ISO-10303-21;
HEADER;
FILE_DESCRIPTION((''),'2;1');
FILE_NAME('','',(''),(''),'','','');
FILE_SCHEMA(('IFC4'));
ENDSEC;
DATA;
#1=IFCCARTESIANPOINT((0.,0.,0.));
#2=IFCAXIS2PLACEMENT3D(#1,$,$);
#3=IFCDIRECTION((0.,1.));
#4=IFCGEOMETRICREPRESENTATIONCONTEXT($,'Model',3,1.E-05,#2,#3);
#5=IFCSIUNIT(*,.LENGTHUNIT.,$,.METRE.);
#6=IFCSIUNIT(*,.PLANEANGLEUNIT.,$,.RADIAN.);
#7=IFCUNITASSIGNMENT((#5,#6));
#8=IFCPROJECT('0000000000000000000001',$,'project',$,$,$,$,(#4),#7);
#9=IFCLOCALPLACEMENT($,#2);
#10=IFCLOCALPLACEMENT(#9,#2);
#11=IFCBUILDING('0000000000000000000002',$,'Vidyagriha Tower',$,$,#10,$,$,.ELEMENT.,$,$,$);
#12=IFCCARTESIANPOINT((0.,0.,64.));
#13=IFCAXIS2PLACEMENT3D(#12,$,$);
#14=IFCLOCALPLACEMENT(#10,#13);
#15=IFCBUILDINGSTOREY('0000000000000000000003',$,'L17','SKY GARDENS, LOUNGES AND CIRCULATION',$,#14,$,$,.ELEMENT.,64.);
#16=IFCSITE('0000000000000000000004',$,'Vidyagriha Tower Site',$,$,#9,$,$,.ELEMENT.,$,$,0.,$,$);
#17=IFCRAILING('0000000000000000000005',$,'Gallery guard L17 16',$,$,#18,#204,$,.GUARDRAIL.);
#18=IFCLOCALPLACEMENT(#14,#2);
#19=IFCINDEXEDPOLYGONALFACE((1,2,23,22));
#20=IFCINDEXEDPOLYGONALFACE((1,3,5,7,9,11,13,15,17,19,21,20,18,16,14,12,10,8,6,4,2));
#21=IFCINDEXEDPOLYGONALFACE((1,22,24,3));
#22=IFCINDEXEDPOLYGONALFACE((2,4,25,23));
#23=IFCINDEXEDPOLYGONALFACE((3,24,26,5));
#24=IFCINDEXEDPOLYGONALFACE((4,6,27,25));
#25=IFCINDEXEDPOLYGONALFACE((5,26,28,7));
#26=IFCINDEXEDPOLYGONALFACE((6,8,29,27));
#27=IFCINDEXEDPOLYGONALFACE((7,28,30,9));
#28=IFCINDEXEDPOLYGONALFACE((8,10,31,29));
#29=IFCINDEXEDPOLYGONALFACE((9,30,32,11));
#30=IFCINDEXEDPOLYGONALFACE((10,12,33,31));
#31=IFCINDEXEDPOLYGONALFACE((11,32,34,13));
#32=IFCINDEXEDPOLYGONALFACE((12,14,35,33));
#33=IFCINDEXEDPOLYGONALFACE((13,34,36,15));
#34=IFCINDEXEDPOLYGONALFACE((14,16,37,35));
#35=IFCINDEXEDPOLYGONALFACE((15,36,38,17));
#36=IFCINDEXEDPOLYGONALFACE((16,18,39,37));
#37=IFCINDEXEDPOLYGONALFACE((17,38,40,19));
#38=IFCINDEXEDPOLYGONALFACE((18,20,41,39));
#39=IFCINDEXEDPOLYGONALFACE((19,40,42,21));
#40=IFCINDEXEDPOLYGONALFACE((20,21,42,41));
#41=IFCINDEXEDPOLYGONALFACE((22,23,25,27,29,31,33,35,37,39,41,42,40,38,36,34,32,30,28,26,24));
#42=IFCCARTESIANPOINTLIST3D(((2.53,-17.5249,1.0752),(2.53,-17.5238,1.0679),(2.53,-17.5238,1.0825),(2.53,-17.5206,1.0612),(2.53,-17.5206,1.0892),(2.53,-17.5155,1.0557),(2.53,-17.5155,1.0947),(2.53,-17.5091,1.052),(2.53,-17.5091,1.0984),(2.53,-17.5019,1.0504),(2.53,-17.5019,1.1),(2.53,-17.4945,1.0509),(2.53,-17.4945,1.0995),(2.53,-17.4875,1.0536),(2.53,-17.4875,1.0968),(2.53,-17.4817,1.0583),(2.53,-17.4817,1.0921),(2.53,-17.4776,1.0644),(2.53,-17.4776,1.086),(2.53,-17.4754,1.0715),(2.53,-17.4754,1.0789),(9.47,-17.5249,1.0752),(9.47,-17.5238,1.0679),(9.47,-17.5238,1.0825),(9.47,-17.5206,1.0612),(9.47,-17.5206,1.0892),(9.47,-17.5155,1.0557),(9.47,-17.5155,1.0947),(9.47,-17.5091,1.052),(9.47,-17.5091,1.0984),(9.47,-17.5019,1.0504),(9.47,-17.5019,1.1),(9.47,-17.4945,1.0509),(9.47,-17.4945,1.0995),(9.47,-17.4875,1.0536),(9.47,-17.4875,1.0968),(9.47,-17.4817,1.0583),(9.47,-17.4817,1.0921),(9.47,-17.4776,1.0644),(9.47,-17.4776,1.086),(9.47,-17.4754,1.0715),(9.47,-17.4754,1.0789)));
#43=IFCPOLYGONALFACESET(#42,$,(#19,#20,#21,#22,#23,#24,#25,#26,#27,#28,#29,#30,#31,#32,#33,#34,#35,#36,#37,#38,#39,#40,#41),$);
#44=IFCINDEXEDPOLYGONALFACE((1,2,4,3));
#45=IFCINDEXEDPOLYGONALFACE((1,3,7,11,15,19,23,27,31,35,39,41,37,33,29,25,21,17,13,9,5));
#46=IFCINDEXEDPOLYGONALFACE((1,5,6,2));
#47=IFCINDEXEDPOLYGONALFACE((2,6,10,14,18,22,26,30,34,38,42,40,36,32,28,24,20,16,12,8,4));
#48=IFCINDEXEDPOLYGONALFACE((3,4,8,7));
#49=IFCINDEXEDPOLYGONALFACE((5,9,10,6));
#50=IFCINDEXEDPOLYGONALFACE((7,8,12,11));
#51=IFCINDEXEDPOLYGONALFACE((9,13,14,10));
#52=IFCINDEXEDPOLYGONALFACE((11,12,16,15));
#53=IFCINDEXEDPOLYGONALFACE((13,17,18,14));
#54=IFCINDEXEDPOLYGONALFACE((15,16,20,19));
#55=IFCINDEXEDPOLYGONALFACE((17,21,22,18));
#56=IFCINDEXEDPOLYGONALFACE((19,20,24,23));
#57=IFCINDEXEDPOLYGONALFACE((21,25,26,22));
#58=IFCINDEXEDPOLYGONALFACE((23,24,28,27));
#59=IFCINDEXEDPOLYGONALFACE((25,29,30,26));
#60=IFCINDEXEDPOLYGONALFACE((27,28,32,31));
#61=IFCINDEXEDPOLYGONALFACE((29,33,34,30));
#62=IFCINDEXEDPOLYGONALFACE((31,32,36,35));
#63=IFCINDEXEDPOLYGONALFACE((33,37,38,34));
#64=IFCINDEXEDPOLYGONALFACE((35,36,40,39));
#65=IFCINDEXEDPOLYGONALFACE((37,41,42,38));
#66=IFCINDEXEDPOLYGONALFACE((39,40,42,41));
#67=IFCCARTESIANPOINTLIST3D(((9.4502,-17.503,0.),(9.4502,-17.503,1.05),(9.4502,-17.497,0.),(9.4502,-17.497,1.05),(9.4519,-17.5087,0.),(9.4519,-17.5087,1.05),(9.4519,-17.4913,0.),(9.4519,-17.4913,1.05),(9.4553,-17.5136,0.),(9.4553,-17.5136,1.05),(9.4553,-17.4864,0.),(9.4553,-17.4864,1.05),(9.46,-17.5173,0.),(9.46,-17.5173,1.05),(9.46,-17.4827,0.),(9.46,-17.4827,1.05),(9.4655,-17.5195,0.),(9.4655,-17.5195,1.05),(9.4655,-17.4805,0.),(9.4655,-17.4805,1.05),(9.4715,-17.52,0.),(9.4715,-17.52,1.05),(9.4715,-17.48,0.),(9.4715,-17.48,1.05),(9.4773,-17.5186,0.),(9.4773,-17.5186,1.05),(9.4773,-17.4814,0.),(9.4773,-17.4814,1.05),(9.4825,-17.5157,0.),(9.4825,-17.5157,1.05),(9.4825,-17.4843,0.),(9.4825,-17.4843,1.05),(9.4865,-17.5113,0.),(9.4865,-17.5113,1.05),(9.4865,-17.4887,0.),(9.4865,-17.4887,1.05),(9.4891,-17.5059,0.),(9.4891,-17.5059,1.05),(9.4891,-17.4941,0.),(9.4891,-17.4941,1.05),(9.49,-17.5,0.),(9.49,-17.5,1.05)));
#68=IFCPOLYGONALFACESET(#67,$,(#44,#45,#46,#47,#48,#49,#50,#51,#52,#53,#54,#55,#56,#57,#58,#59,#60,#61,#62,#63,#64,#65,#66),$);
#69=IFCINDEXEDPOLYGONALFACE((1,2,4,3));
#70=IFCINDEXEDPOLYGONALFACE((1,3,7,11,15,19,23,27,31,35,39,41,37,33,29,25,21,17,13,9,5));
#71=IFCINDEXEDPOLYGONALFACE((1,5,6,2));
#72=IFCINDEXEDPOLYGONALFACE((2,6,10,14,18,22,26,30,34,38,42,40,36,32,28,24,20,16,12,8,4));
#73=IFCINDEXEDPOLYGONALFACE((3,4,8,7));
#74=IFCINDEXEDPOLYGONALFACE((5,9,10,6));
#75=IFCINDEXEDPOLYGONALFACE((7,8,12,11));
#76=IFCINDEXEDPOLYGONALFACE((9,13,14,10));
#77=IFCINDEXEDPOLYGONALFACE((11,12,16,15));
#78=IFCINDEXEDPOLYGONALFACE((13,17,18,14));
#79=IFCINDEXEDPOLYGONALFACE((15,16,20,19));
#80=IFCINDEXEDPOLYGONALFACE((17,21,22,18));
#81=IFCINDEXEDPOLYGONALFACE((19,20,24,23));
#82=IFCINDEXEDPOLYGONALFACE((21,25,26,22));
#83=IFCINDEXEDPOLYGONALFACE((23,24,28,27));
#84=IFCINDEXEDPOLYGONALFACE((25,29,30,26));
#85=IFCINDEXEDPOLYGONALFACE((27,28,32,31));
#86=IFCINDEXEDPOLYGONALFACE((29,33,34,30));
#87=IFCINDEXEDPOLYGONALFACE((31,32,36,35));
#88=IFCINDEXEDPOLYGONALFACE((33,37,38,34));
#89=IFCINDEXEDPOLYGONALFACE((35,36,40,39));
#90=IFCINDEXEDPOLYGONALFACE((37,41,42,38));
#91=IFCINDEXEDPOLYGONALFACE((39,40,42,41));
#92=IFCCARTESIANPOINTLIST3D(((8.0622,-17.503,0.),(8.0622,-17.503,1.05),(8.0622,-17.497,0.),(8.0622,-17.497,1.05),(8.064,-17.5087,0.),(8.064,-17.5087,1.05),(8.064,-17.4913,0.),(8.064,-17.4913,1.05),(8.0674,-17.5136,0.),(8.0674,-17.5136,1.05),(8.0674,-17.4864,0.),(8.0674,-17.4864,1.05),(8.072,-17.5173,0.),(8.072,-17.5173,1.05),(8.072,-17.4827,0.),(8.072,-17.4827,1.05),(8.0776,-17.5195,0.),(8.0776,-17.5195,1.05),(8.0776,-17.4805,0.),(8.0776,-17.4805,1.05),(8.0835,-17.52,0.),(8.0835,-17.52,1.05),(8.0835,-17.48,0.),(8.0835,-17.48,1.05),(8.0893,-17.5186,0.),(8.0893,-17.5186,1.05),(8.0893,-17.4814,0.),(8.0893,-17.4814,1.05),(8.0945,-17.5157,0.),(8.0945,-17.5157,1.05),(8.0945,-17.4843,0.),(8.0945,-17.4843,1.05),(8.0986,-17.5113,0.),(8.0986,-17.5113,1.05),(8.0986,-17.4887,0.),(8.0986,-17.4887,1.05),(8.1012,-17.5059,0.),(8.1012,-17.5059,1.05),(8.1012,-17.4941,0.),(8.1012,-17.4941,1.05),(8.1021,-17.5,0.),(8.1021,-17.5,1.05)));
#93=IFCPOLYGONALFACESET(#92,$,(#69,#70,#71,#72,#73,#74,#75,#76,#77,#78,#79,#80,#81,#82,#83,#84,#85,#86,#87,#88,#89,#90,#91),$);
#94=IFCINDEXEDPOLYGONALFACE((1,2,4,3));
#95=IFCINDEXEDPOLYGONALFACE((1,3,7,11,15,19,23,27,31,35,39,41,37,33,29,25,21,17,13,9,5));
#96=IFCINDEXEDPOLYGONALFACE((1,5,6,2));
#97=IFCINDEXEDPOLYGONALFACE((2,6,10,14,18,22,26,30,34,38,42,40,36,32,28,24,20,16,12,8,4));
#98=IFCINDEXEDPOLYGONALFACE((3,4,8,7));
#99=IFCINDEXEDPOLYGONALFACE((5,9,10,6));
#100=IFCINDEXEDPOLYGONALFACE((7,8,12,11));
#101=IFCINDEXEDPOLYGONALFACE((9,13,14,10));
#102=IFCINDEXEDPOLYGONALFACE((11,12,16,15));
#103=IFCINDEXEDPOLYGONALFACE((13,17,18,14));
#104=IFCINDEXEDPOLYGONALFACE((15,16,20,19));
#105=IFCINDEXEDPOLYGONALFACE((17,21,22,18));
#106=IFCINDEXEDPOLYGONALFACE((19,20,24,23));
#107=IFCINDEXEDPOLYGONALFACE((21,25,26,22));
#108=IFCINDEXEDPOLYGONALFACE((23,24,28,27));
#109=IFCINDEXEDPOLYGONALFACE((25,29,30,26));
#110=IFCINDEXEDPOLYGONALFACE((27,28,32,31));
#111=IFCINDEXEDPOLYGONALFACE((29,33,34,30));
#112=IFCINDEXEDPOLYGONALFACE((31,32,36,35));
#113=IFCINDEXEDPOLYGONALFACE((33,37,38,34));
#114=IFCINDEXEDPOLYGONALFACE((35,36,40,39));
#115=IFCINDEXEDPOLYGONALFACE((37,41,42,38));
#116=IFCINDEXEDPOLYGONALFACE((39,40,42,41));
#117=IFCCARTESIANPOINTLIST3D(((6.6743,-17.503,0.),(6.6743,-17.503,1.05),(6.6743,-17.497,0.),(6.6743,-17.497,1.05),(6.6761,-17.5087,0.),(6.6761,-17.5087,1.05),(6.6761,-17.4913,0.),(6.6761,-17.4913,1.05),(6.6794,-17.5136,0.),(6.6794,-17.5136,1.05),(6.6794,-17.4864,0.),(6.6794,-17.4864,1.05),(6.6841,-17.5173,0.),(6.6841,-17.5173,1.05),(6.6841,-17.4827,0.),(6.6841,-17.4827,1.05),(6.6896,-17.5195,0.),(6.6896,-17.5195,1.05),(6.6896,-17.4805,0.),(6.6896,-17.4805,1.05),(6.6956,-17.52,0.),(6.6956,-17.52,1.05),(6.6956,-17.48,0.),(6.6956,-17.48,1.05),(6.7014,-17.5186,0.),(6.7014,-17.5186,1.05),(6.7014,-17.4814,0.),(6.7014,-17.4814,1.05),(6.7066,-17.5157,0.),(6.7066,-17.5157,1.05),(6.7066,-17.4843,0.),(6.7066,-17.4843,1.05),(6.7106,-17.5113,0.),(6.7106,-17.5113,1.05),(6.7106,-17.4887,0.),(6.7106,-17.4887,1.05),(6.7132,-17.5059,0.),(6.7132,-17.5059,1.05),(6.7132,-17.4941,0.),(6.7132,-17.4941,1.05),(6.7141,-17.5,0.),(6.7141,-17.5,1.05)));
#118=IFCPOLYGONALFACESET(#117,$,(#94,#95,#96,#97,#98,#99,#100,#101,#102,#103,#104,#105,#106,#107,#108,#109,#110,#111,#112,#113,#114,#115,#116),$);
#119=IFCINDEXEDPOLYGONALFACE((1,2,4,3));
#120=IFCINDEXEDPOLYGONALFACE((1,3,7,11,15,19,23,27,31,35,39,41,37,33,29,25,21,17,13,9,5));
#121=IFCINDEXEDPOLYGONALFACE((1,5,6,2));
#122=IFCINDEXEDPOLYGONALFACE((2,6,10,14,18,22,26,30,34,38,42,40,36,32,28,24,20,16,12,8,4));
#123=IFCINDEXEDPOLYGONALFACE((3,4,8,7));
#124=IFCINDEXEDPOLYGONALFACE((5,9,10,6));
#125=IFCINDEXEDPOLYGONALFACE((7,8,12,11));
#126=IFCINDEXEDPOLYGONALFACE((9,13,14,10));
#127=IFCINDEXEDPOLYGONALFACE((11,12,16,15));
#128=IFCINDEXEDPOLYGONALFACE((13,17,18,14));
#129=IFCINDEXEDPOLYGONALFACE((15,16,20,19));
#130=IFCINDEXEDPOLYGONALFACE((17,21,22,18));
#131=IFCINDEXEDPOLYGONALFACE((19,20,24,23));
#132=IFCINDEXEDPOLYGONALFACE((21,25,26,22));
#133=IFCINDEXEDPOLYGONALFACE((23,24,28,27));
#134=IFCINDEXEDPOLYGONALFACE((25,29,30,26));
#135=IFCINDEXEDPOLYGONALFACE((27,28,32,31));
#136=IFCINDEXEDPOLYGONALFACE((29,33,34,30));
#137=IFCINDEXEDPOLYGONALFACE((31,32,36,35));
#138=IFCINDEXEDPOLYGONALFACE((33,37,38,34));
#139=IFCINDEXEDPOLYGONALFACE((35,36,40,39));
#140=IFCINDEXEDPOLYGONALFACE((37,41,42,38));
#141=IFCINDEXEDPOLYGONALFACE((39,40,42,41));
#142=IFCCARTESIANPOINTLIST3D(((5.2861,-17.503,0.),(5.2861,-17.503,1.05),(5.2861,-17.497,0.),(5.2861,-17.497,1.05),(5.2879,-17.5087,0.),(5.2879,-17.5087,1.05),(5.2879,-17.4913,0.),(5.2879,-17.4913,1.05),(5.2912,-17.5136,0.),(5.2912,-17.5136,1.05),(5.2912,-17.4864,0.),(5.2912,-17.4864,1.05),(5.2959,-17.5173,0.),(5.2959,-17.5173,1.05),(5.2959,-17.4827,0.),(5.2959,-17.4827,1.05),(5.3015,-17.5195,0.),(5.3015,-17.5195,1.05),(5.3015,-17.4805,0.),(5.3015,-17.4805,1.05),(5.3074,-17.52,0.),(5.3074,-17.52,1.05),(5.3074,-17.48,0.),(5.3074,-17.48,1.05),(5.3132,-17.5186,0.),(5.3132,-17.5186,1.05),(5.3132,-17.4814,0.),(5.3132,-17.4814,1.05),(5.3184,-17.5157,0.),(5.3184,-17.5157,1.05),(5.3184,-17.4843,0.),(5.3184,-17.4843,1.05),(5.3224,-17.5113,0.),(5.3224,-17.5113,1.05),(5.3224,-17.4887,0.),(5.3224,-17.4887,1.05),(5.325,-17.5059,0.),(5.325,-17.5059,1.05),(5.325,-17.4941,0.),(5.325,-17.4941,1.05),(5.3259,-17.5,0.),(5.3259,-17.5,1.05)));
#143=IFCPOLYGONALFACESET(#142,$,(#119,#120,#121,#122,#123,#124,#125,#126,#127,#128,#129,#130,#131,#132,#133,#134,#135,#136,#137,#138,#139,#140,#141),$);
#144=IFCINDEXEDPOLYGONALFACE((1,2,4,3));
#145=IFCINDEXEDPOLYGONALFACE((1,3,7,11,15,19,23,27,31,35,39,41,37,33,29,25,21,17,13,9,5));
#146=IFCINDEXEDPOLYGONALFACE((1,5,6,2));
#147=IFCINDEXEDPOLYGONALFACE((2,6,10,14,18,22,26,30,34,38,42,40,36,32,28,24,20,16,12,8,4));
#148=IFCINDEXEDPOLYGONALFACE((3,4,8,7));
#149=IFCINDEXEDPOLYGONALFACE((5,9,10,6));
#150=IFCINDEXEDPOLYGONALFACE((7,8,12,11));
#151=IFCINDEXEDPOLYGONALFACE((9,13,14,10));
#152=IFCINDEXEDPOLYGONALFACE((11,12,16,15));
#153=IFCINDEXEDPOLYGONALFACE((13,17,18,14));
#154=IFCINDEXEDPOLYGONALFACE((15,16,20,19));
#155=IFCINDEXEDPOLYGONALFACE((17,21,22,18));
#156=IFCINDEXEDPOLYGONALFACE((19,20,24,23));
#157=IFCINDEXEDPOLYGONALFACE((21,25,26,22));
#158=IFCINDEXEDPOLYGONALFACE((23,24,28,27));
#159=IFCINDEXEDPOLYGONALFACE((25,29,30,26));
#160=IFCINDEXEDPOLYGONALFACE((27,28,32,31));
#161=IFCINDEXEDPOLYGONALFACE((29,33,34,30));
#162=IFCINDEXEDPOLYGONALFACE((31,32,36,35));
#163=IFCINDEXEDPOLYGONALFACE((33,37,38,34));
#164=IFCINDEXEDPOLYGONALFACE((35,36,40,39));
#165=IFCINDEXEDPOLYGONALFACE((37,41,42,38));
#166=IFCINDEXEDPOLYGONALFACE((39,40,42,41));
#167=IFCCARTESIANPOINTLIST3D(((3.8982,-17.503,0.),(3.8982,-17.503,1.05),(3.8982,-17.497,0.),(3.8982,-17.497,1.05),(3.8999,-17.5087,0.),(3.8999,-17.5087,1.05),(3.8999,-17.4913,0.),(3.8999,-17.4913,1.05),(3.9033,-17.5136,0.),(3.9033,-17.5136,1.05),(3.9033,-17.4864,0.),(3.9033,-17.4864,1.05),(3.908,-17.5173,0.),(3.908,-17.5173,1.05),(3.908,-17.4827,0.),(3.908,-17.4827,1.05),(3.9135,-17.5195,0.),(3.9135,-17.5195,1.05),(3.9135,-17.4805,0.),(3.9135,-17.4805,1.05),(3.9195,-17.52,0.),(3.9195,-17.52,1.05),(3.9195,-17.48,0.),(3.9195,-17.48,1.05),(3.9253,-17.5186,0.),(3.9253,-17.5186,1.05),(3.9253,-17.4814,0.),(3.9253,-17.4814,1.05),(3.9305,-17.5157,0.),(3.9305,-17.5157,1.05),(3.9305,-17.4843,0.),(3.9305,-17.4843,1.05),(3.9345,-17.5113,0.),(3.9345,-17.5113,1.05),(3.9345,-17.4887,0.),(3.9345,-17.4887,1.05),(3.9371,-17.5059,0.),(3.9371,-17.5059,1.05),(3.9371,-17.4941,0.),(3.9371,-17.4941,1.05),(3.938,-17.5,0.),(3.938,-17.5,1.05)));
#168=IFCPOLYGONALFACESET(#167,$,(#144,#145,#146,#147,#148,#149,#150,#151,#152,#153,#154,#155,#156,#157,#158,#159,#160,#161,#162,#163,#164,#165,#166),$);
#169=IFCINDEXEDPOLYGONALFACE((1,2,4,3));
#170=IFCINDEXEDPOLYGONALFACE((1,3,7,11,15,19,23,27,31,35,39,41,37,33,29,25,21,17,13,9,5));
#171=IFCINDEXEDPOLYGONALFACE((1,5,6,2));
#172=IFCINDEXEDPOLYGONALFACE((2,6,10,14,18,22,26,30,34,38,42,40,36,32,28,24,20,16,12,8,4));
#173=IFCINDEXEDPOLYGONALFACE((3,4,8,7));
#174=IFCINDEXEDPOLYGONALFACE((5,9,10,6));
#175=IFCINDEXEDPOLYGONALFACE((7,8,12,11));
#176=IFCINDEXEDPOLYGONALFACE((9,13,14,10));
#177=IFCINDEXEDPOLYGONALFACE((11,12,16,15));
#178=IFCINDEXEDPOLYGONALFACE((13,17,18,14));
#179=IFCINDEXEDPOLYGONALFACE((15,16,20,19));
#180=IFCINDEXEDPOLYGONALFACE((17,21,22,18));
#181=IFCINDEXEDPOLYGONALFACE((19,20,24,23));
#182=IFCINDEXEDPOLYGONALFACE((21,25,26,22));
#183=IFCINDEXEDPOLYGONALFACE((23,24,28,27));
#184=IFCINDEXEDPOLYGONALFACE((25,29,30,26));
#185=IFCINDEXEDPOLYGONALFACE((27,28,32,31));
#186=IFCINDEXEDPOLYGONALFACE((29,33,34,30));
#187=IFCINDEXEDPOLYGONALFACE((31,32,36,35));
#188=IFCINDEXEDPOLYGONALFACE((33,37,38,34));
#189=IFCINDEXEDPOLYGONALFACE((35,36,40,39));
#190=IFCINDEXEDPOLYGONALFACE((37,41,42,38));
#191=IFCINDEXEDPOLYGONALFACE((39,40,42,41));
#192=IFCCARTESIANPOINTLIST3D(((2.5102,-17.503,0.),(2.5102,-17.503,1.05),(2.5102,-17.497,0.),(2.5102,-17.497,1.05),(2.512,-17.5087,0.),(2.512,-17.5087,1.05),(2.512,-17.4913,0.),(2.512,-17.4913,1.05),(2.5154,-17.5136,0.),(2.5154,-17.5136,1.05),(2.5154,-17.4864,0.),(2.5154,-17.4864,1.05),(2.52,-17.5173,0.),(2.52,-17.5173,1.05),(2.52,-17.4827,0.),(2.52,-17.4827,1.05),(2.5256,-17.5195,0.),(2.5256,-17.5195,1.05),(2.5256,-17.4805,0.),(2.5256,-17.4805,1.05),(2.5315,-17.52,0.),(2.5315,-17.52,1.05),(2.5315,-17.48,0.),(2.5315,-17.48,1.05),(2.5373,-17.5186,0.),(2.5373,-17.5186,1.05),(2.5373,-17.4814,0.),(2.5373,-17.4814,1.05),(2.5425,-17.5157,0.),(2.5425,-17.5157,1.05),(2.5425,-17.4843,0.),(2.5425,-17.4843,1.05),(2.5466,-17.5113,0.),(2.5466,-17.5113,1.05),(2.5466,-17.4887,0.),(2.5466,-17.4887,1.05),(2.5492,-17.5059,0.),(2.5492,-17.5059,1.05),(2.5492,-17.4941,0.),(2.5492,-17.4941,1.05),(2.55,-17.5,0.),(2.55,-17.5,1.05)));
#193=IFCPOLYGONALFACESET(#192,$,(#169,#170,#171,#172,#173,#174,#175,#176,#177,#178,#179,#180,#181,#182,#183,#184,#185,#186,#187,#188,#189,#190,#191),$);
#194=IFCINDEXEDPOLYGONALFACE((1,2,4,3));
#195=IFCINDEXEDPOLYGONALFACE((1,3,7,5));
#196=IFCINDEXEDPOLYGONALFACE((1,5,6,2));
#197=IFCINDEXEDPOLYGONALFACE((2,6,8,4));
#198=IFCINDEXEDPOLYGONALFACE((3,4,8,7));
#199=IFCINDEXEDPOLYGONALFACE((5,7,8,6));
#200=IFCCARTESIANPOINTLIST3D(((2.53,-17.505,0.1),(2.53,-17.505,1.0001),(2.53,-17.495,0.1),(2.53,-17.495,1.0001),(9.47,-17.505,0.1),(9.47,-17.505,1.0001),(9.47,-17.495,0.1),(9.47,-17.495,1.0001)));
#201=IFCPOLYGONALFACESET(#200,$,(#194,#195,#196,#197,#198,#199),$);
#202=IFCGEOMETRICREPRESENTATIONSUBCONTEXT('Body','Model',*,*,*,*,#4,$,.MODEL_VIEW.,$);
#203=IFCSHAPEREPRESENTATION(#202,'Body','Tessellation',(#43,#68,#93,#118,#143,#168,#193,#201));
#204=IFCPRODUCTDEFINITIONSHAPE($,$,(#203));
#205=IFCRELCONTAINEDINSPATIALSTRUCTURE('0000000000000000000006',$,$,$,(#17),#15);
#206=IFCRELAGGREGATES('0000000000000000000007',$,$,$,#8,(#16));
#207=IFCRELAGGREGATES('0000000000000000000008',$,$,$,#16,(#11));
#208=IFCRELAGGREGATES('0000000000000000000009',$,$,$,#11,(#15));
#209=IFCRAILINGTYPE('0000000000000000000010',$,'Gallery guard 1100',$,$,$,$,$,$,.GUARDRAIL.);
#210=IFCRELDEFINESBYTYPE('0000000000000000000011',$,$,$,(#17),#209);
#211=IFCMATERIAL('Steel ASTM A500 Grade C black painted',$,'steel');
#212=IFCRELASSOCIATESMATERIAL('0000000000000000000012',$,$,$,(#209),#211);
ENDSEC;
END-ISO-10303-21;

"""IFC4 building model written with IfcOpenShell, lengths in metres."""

from ifc_helpers import new_model, si_unit, direction, frame, origin, origin_2d, place, context, subcontext, project, spatial, rectangle, circle, extrude, material, type_object, element, save


model = new_model("IFC4")

# Units and contexts
model_context = context("Model", 3, precision=1e-05, world=origin(), true_north=direction((0.0, 1.0)))
body_context = subcontext(model_context, "Body", "Model", "MODEL_VIEW")
ifc_project = project(units=[si_unit("LENGTHUNIT", "METRE"), si_unit("PLANEANGLEUNIT", "RADIAN")], contexts=[model_context])

# Site, building, storey
site_placement = place(None, origin())
site = spatial("IfcSite", under=ifc_project, at=site_placement, Name="Vidyagriha Tower Site", CompositionType="ELEMENT", RefElevation=0.0)
building_placement = place(site_placement, origin())
building = spatial("IfcBuilding", under=site, at=building_placement, Name="Vidyagriha Tower", CompositionType="ELEMENT")
storey_placement = place(building_placement, frame((0.0, 0.0, 64.0)))
storey = spatial("IfcBuildingStorey", under=building, at=storey_placement, Name="L17", Description="SKY GARDENS, LOUNGES AND CIRCULATION", CompositionType="ELEMENT", Elevation=64.0)

# Railing
ifc_material_1 = material(Name="Steel ASTM A500 Grade C black painted", Category="steel")
railing_type = type_object("IfcRailingType", Name="Gallery guard 1100", PredefinedType="GUARDRAIL", material=ifc_material_1)
for number, where, name in (
    (1, (9.47, -17.5, 0.0), "Gallery guard L17 16"),
):
    element("IfcRailing", number, at=place(storey_placement, frame(where)), inside=storey, type_object=railing_type, Name=name, PredefinedType="GUARDRAIL", context=body_context, shape_type="SweptSolid", body=[
        extrude(circle(Radius=0.0249, at=origin_2d()), frame((0.0, 0.0, 1.0752), z_axis=(-1.0, 0.0, 0.0), x_axis=(0.0, -1.0, 0.0)), (0.0, 0.0, 1.0), 6.9399),
        extrude(circle(Radius=0.02, at=origin_2d()), origin(), (0.0, 0.0, 1.0), 1.05),
        extrude(circle(Radius=0.02, at=origin_2d()), frame((-1.3879, 0.0, 0.0)), (0.0, 0.0, 1.0), 1.05),
        extrude(circle(Radius=0.02, at=origin_2d()), frame((-2.7759, 0.0, 0.0)), (0.0, 0.0, 1.0), 1.05),
        extrude(circle(Radius=0.02, at=origin_2d()), frame((-4.1641, 0.0, 0.0)), (0.0, 0.0, 1.0), 1.05),
        extrude(circle(Radius=0.02, at=origin_2d()), frame((-5.552, 0.0, 0.0)), (0.0, 0.0, 1.0), 1.05),
        extrude(circle(Radius=0.02, at=origin_2d()), frame((-6.9399, 0.0, 0.0)), (0.0, 0.0, 1.0), 1.05),
        extrude(rectangle(XDim=0.01, YDim=0.9001, at=origin_2d()), frame((0.0, 0.0, 0.55), z_axis=(-1.0, 0.0, 0.0), x_axis=(0.0, -1.0, 0.0)), (0.0, 0.0, 1.0), 6.9399),
    ])

save(model, "model.ifc")
